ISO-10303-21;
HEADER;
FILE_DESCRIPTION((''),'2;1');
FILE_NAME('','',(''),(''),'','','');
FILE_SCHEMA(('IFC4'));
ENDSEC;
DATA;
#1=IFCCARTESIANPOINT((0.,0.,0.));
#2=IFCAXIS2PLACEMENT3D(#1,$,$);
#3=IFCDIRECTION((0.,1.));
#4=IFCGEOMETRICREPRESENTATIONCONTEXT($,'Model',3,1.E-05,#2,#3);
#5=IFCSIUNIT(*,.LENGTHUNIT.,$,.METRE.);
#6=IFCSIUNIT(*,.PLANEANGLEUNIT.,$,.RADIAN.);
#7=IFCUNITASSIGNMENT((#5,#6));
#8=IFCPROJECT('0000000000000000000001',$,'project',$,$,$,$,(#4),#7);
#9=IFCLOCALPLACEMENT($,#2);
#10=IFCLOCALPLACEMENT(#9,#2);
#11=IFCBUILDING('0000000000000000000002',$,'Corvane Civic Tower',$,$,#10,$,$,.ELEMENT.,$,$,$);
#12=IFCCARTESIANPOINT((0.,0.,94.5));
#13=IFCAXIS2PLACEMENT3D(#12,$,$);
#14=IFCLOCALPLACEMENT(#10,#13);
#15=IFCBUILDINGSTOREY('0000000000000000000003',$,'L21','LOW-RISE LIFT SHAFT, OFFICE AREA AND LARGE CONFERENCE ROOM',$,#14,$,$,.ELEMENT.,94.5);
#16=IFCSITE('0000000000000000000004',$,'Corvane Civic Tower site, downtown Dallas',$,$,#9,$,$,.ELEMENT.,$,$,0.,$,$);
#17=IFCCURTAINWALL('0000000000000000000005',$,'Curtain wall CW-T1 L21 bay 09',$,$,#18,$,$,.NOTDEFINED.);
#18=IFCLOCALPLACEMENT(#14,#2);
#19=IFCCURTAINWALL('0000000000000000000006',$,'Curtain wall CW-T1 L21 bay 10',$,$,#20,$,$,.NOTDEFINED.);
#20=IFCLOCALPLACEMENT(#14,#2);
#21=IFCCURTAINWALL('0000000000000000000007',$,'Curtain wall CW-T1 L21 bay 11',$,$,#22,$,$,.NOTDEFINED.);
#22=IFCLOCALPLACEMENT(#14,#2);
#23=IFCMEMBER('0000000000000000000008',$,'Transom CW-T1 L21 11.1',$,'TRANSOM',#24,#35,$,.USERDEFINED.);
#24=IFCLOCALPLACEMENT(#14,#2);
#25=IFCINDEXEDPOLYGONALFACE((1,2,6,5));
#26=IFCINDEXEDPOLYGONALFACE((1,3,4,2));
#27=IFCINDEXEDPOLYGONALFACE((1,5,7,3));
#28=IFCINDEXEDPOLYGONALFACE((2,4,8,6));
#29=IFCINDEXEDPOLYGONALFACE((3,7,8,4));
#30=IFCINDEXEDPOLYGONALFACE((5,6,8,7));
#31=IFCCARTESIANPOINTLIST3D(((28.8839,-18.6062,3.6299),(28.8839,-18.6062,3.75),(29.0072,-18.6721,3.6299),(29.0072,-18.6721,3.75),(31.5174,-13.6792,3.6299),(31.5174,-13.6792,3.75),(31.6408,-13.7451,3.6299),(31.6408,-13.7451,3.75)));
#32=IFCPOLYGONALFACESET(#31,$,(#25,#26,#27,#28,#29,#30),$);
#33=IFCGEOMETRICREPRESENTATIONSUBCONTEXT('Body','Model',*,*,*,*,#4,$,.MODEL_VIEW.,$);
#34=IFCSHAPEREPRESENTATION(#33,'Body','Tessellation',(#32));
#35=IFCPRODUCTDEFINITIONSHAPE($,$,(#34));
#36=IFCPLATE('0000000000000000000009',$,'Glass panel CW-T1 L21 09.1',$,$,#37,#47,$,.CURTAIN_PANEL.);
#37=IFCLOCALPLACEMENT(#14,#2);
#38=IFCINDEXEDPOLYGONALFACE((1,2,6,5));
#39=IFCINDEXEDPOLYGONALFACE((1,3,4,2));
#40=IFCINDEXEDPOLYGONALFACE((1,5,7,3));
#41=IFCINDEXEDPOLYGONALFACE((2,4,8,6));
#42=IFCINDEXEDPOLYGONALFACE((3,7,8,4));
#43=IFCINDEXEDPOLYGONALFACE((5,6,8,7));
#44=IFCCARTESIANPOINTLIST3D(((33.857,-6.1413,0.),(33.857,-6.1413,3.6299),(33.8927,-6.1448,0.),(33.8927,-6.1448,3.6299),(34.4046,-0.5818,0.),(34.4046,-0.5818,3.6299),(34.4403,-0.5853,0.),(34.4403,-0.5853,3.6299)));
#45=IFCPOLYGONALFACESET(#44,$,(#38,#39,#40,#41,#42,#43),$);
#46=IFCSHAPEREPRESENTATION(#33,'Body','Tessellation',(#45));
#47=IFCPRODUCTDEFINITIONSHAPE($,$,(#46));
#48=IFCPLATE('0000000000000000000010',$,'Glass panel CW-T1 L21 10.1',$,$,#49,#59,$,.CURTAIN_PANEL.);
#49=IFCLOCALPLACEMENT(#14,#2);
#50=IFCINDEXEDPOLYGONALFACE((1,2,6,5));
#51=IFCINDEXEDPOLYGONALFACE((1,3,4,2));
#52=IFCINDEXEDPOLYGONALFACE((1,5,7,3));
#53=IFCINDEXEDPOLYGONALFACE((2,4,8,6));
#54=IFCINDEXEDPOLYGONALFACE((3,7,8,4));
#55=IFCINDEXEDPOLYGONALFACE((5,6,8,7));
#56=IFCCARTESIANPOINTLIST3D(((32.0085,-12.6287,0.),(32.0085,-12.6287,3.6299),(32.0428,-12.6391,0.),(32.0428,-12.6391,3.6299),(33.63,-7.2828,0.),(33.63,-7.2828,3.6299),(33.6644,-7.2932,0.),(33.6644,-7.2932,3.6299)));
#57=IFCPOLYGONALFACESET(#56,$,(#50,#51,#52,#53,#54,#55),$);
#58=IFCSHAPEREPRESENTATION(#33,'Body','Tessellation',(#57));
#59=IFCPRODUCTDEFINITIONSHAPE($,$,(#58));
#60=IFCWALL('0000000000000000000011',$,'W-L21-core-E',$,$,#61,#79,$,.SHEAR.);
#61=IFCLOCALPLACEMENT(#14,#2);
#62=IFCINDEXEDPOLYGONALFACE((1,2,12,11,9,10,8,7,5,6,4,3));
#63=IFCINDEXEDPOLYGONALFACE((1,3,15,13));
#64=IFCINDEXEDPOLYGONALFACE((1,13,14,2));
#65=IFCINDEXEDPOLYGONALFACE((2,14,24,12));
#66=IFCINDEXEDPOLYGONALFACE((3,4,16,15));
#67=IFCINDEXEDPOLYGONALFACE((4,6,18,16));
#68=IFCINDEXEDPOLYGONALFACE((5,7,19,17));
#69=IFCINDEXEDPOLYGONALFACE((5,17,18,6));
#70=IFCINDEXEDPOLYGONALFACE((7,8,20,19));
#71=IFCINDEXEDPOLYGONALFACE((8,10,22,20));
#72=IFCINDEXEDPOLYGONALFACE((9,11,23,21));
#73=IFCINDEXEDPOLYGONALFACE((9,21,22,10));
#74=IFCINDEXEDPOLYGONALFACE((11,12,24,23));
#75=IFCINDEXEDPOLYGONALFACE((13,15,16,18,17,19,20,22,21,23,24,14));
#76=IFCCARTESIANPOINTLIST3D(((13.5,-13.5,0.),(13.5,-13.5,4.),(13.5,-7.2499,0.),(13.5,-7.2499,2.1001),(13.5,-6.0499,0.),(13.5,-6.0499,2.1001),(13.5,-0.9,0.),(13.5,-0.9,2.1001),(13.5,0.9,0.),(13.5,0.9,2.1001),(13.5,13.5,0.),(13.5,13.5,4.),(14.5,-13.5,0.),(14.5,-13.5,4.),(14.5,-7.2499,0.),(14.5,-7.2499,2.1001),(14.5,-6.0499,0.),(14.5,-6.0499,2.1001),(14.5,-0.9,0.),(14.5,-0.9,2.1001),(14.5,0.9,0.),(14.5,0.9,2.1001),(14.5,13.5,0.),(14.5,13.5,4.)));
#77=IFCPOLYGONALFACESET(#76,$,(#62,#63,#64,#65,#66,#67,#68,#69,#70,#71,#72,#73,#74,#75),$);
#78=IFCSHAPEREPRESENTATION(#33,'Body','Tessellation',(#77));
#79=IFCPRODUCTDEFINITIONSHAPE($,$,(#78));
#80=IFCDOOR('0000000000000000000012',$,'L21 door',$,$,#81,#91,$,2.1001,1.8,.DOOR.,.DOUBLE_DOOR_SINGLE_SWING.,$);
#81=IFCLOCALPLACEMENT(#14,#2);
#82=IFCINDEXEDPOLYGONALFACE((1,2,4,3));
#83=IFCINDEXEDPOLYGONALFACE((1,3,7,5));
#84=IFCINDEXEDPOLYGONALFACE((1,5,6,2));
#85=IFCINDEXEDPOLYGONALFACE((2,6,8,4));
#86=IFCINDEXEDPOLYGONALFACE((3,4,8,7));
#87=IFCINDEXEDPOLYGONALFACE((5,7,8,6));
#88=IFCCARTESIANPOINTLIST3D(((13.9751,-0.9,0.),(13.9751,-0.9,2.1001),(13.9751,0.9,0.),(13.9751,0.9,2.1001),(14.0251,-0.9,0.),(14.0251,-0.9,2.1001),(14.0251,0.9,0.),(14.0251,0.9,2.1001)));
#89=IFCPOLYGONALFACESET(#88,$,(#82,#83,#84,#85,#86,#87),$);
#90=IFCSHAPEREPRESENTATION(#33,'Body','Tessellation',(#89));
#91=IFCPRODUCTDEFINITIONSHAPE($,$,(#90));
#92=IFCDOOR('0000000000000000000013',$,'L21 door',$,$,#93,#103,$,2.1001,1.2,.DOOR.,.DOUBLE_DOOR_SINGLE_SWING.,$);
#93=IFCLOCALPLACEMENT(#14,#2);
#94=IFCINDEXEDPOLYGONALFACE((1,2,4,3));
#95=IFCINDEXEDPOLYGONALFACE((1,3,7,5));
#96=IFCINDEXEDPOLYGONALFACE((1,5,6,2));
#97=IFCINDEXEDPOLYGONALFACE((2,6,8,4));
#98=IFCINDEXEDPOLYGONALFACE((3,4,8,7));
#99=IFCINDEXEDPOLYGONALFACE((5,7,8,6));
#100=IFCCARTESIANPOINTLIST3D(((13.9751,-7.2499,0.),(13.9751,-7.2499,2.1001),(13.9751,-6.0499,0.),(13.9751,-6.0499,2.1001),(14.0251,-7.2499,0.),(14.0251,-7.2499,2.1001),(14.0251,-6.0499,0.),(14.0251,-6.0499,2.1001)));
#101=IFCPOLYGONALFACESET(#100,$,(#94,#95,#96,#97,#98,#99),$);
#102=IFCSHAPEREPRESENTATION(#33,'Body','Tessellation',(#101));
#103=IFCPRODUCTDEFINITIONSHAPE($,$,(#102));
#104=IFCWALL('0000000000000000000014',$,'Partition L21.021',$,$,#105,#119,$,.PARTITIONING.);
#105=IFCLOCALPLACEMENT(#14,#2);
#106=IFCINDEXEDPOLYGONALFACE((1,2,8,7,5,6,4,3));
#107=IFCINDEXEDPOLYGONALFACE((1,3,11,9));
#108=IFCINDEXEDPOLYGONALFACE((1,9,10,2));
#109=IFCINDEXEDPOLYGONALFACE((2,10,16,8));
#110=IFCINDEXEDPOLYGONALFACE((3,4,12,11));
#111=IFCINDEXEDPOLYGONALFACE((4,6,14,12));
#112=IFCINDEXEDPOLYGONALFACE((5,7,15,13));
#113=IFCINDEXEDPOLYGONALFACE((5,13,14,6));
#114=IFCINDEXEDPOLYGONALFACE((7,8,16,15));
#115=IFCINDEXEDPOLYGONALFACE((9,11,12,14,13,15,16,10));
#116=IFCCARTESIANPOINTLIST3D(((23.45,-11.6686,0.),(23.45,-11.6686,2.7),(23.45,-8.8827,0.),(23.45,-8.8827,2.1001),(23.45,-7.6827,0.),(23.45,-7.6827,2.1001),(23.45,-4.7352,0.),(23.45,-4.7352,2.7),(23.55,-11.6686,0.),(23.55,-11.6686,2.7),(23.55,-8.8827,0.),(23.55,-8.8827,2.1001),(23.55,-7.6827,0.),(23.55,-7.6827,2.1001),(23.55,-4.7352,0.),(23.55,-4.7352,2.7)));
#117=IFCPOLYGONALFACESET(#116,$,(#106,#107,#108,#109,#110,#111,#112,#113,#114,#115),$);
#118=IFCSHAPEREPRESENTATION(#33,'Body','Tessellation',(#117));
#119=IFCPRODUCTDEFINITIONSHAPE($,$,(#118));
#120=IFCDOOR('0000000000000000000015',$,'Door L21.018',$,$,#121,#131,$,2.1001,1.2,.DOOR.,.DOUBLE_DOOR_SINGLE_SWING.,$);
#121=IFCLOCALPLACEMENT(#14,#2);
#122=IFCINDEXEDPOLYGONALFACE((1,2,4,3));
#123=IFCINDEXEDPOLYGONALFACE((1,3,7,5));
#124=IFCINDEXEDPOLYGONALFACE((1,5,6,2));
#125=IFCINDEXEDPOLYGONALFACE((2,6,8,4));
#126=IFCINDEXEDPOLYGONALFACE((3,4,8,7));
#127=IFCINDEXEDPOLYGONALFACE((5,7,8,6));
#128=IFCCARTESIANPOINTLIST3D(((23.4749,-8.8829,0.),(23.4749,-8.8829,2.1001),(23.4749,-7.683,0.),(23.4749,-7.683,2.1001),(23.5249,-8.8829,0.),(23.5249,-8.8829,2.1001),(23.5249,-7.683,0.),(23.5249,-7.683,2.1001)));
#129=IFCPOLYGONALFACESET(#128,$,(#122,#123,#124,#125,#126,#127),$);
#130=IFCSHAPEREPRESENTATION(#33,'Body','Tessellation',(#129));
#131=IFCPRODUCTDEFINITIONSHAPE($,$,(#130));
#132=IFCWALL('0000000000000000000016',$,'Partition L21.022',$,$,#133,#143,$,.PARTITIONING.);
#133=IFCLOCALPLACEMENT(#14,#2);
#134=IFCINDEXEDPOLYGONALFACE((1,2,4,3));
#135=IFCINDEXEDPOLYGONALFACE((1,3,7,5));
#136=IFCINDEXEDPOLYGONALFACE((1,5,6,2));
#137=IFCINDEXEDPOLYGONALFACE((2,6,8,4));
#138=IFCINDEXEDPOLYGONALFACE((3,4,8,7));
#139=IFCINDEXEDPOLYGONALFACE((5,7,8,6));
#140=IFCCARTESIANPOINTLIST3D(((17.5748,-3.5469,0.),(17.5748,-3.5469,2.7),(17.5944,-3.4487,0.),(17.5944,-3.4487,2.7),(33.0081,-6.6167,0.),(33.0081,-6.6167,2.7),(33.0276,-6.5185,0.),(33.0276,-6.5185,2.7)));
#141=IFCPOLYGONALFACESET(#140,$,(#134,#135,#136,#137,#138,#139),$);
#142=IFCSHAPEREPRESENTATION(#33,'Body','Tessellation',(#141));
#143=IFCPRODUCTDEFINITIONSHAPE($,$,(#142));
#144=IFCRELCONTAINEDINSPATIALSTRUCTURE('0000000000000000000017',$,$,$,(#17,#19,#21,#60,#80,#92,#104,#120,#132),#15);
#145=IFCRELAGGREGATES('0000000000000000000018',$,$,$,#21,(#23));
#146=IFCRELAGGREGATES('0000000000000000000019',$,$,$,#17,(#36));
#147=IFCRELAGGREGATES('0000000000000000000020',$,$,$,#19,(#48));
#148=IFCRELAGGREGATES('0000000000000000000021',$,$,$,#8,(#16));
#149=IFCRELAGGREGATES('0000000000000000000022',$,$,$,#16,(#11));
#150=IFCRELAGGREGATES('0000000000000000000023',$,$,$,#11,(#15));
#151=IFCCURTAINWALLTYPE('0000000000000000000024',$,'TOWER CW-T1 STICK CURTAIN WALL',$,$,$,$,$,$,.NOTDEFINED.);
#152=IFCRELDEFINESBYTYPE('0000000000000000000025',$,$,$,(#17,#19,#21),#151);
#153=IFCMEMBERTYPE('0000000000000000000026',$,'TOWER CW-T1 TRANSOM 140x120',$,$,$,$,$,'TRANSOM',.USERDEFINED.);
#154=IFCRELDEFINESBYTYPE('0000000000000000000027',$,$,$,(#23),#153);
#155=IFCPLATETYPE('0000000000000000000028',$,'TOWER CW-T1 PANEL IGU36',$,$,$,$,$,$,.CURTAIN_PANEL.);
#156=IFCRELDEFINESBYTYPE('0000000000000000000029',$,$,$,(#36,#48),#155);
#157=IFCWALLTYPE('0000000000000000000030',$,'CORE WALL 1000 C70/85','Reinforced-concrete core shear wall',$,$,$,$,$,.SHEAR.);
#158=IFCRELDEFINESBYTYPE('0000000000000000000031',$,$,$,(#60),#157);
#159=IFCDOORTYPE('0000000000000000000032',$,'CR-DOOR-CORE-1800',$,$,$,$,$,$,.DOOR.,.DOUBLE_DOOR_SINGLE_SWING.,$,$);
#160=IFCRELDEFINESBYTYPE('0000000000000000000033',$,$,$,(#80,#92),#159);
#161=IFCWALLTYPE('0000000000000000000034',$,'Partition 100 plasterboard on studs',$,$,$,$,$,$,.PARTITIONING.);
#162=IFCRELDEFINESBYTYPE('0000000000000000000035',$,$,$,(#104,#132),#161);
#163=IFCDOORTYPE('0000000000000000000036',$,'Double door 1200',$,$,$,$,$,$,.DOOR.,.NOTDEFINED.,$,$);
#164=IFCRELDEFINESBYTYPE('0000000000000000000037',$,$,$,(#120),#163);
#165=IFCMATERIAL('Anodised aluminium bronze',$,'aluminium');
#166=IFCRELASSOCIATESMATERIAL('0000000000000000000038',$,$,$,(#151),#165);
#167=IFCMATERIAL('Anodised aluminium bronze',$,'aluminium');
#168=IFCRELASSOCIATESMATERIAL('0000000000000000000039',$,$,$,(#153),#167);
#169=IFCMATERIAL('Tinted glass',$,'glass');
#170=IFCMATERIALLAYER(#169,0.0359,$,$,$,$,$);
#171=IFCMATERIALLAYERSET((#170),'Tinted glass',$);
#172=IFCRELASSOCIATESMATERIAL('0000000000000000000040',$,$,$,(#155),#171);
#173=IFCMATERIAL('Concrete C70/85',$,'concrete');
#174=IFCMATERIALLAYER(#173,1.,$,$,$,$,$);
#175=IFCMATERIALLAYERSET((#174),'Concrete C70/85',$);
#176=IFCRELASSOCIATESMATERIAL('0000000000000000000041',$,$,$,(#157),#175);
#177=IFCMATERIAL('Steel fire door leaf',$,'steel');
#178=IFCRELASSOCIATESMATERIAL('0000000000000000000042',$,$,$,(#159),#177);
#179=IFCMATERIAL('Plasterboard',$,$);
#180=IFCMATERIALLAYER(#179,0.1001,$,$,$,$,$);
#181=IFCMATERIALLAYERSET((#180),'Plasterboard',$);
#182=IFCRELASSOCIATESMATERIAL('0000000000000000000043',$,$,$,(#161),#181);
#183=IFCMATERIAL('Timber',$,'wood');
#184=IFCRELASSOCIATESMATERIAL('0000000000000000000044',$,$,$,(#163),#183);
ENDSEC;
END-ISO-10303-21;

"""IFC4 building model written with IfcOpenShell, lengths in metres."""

from ifc_helpers import new_model, si_unit, direction, frame, frame_2d, origin, origin_2d, place, context, subcontext, project, spatial, rectangle, extrude, material, layer, layer_set, material_profile, profile_set, type_object, element, fill, aggregate, save


model = new_model("IFC4")

# Units and contexts
model_context = context("Model", 3, precision=1e-05, world=origin(), true_north=direction((0.0, 1.0)))
body_context = subcontext(model_context, "Body", "Model", "MODEL_VIEW")
ifc_project = project(units=[si_unit("LENGTHUNIT", "METRE"), si_unit("PLANEANGLEUNIT", "RADIAN")], contexts=[model_context])

# Site, building, storey
site_placement = place(None, origin())
site = spatial("IfcSite", under=ifc_project, at=site_placement, Name="Corvane Civic Tower site, downtown Dallas", CompositionType="ELEMENT", RefElevation=0.0)
building_placement = place(site_placement, origin())
building = spatial("IfcBuilding", under=site, at=building_placement, Name="Corvane Civic Tower", CompositionType="ELEMENT")
storey_placement = place(building_placement, frame((0.0, 0.0, 94.5)))
storey = spatial("IfcBuildingStorey", under=building, at=storey_placement, Name="L21", Description="LOW-RISE LIFT SHAFT, OFFICE AREA AND LARGE CONFERENCE ROOM", CompositionType="ELEMENT", Elevation=94.5)

# Curtain walls, member
ifc_material_1 = material(Name="Anodised aluminium bronze", Category="aluminium")
curtain_wall_type = type_object("IfcCurtainWallType", Name="TOWER CW-T1 STICK CURTAIN WALL", PredefinedType="NOTDEFINED", material=ifc_material_1)
curtain_wall_1_placement = place(storey_placement, origin())
curtain_wall_1 = element("IfcCurtainWall", 1, at=curtain_wall_1_placement, inside=storey, type_object=curtain_wall_type, Name="Curtain wall CW-T1 L21 bay 09", PredefinedType="NOTDEFINED")
ifc_material_2 = material(Name="Anodised aluminium bronze", Category="aluminium")
ifc_material_profile_1 = material_profile(ifc_material_2, rectangle(XDim=0.1399, YDim=0.1201, at=origin_2d()), Name="TOWER CW-T1 TRANSOM 140x120")
ifc_profile_set_1 = profile_set([ifc_material_profile_1], Name="Anodised aluminium bronze")
member_type = type_object("IfcMemberType", Name="TOWER CW-T1 TRANSOM 140x120", ElementType="TRANSOM", PredefinedType="USERDEFINED", material=ifc_profile_set_1)
curtain_wall_2_placement = place(storey_placement, origin())
curtain_wall_2 = element("IfcCurtainWall", 2, at=curtain_wall_2_placement, inside=storey, type_object=curtain_wall_type, Name="Curtain wall CW-T1 L21 bay 10", PredefinedType="NOTDEFINED")
curtain_wall_3_placement = place(storey_placement, origin())
curtain_wall_3 = element("IfcCurtainWall", 3, at=curtain_wall_3_placement, inside=storey, type_object=curtain_wall_type, Name="Curtain wall CW-T1 L21 bay 11", PredefinedType="NOTDEFINED")
member_1_placement = place(storey_placement, frame((31.5791, -13.7122, 3.6899), z_axis=(-0.471398, -0.881921, 0.0), x_axis=(0.881921, -0.471398, 0.0)))
member_1 = element("IfcMember", 4, at=member_1_placement, type_object=member_type, Name="Transom CW-T1 L21 11.1", ObjectType="TRANSOM", PredefinedType="USERDEFINED", context=body_context, shape_type="SweptSolid", body=[
    extrude(rectangle(XDim=0.1399, YDim=0.1201, at=origin_2d()), origin(), (0.0, 0.0, 1.0), 5.5867),
])
aggregate(curtain_wall_3, [member_1])

# Plates
ifc_material_3 = material(Name="Tinted glass", Category="glass")
ifc_layer_1 = layer(ifc_material_3, 0.0359)
ifc_layer_set_1 = layer_set([ifc_layer_1], Name="Tinted glass")
plate_type = type_object("IfcPlateType", Name="TOWER CW-T1 PANEL IGU36", PredefinedType="CURTAIN_PANEL", material=ifc_layer_set_1)
plate_1_placement = place(storey_placement, frame((34.1487, -3.3633, 0.0), z_axis=(0.0, 0.0, 1.0), x_axis=(-0.098027, -0.995184, 0.0)))
plate_1 = element("IfcPlate", 5, at=plate_1_placement, type_object=plate_type, Name="Glass panel CW-T1 L21 09.1", PredefinedType="CURTAIN_PANEL", context=body_context, shape_type="SweptSolid", body=[
    extrude(rectangle(XDim=5.5864, YDim=0.0359, at=origin_2d()), origin(), (0.0, 0.0, 1.0), 3.6299),
])
aggregate(curtain_wall_1, [plate_1])
plate_2_placement = place(storey_placement, frame((32.8364, -9.9609, 0.0), z_axis=(0.0, 0.0, 1.0), x_axis=(-0.290266, -0.956946, 0.0)))
plate_2 = element("IfcPlate", 6, at=plate_2_placement, type_object=plate_type, Name="Glass panel CW-T1 L21 10.1", PredefinedType="CURTAIN_PANEL", context=body_context, shape_type="SweptSolid", body=[
    extrude(rectangle(XDim=5.5864, YDim=0.0359, at=origin_2d()), origin(), (0.0, 0.0, 1.0), 3.6299),
])
aggregate(curtain_wall_2, [plate_2])

# Wall, openings, doors
ifc_material_4 = material(Name="Concrete C70/85", Category="concrete")
ifc_layer_2 = layer(ifc_material_4, 1.0)
ifc_layer_set_2 = layer_set([ifc_layer_2], Name="Concrete C70/85")
wall_type_1 = type_object("IfcWallType", Name="CORE WALL 1000 C70/85", Description="Reinforced-concrete core shear wall", PredefinedType="SHEAR", material=ifc_layer_set_2)
wall_1_placement = place(storey_placement, frame((14.0, -13.5, 0.0), z_axis=(0.0, 0.0, 1.0), x_axis=(0.0, 1.0, 0.0)))
wall_1 = element("IfcWall", 7, at=wall_1_placement, inside=storey, type_object=wall_type_1, Name="W-L21-core-E", PredefinedType="SHEAR", context=body_context, shape_type="SweptSolid", body=[
    extrude(rectangle(XDim=27.0, YDim=1.0, at=frame_2d((13.5, 0.0))), origin(), (0.0, 0.0, 1.0), 4.0),
])
opening_1_placement = place(wall_1_placement, frame((12.6001, 0.0, 0.0)))
opening_1 = element("IfcOpeningElement", 8, at=opening_1_placement, cuts=wall_1, PredefinedType="OPENING", context=body_context, shape_type="SweptSolid", body=[
    extrude(rectangle(XDim=1.8, YDim=2.1001, at=frame_2d((0.8999, 1.05))), frame((0.0, 0.51, 0.0), z_axis=(0.0, -1.0, 0.0), x_axis=(1.0, 0.0, 0.0)), (0.0, 0.0, 1.0), 1.02),
])
opening_2_placement = place(wall_1_placement, frame((6.25, 0.0, 0.0)))
opening_2 = element("IfcOpeningElement", 9, at=opening_2_placement, cuts=wall_1, PredefinedType="OPENING", context=body_context, shape_type="SweptSolid", body=[
    extrude(rectangle(XDim=1.2, YDim=2.1001, at=frame_2d((0.6001, 1.05))), frame((0.0, 0.51, 0.0), z_axis=(0.0, -1.0, 0.0), x_axis=(1.0, 0.0, 0.0)), (0.0, 0.0, 1.0), 1.02),
])
ifc_material_5 = material(Name="Steel fire door leaf", Category="steel")
door_type_1 = type_object("IfcDoorType", Name="CR-DOOR-CORE-1800", OperationType="DOUBLE_DOOR_SINGLE_SWING", PredefinedType="DOOR", material=ifc_material_5)
door_1_placement = place(opening_1_placement, origin())
door_1 = element("IfcDoor", 10, at=door_1_placement, inside=storey, type_object=door_type_1, Name="L21 door", OperationType="DOUBLE_DOOR_SINGLE_SWING", OverallHeight=2.1001, OverallWidth=1.8, PredefinedType="DOOR", context=body_context, shape_type="SweptSolid", body=[
    extrude(rectangle(XDim=1.8, YDim=2.1001, at=frame_2d((0.8999, 1.05))), frame((0.0, 0.0249, 0.0), z_axis=(0.0, -1.0, 0.0), x_axis=(1.0, 0.0, 0.0)), (0.0, 0.0, 1.0), 0.05),
])
fill(opening_1, door_1)
door_2_placement = place(opening_2_placement, origin())
door_2 = element("IfcDoor", 11, at=door_2_placement, inside=storey, type_object=door_type_1, Name="L21 door", OperationType="DOUBLE_DOOR_SINGLE_SWING", OverallHeight=2.1001, OverallWidth=1.2, PredefinedType="DOOR", context=body_context, shape_type="SweptSolid", body=[
    extrude(rectangle(XDim=1.2, YDim=2.1001, at=frame_2d((0.6001, 1.05))), frame((0.0, 0.0249, 0.0), z_axis=(0.0, -1.0, 0.0), x_axis=(1.0, 0.0, 0.0)), (0.0, 0.0, 1.0), 0.05),
])
fill(opening_2, door_2)

# Wall, opening, door
ifc_material_6 = material(Name="Plasterboard")
ifc_layer_3 = layer(ifc_material_6, 0.1001)
ifc_layer_set_3 = layer_set([ifc_layer_3], Name="Plasterboard")
wall_type_2 = type_object("IfcWallType", Name="Partition 100 plasterboard on studs", PredefinedType="PARTITIONING", material=ifc_layer_set_3)
wall_2_placement = place(storey_placement, frame((23.5, -11.6687, 0.0), z_axis=(0.0, 0.0, 1.0), x_axis=(0.0, 1.0, 0.0)))
wall_2 = element("IfcWall", 12, at=wall_2_placement, inside=storey, type_object=wall_type_2, Name="Partition L21.021", PredefinedType="PARTITIONING", context=body_context, shape_type="SweptSolid", body=[
    extrude(rectangle(XDim=6.9333, YDim=0.1001, at=frame_2d((3.4668, 0.0))), origin(), (0.0, 0.0, 1.0), 2.7),
])
opening_3_placement = place(wall_2_placement, frame((2.7859, 0.0, 0.0)))
opening_3 = element("IfcOpeningElement", 13, at=opening_3_placement, cuts=wall_2, PredefinedType="OPENING", context=body_context, shape_type="SweptSolid", body=[
    extrude(rectangle(XDim=1.2, YDim=2.1001, at=frame_2d((0.6001, 1.05))), frame((0.0, 0.0601, 0.0), z_axis=(0.0, -1.0, 0.0), x_axis=(1.0, 0.0, 0.0)), (0.0, 0.0, 1.0), 0.1201),
])
ifc_material_7 = material(Name="Timber", Category="wood")
door_type_2 = type_object("IfcDoorType", Name="Double door 1200", OperationType="NOTDEFINED", PredefinedType="DOOR", material=ifc_material_7)
door_3_placement = place(opening_3_placement, frame((1.2, 0.0, 0.0), z_axis=(0.0, 0.0, 1.0), x_axis=(-1.0, 0.0, 0.0)))
door_3 = element("IfcDoor", 14, at=door_3_placement, inside=storey, type_object=door_type_2, Name="Door L21.018", OperationType="DOUBLE_DOOR_SINGLE_SWING", OverallHeight=2.1001, OverallWidth=1.2, PredefinedType="DOOR", context=body_context, shape_type="SweptSolid", body=[
    extrude(rectangle(XDim=1.2, YDim=2.1001, at=frame_2d((0.6001, 1.05))), frame((0.0, 0.0249, 0.0), z_axis=(0.0, -1.0, 0.0), x_axis=(1.0, 0.0, 0.0)), (0.0, 0.0, 1.0), 0.05),
])
fill(opening_3, door_3)

# Wall
wall_3_placement = place(storey_placement, frame((17.5847, -3.4978, 0.0), z_axis=(0.0, 0.0, 1.0), x_axis=(0.980786, -0.195087, 0.0)))
element("IfcWall", 15, at=wall_3_placement, inside=storey, type_object=wall_type_2, Name="Partition L21.022", PredefinedType="PARTITIONING", context=body_context, shape_type="SweptSolid", body=[
    extrude(rectangle(XDim=15.7356, YDim=0.1001, at=frame_2d((7.8677, 0.0))), origin(), (0.0, 0.0, 1.0), 2.7),
])

save(model, "model.ifc")
